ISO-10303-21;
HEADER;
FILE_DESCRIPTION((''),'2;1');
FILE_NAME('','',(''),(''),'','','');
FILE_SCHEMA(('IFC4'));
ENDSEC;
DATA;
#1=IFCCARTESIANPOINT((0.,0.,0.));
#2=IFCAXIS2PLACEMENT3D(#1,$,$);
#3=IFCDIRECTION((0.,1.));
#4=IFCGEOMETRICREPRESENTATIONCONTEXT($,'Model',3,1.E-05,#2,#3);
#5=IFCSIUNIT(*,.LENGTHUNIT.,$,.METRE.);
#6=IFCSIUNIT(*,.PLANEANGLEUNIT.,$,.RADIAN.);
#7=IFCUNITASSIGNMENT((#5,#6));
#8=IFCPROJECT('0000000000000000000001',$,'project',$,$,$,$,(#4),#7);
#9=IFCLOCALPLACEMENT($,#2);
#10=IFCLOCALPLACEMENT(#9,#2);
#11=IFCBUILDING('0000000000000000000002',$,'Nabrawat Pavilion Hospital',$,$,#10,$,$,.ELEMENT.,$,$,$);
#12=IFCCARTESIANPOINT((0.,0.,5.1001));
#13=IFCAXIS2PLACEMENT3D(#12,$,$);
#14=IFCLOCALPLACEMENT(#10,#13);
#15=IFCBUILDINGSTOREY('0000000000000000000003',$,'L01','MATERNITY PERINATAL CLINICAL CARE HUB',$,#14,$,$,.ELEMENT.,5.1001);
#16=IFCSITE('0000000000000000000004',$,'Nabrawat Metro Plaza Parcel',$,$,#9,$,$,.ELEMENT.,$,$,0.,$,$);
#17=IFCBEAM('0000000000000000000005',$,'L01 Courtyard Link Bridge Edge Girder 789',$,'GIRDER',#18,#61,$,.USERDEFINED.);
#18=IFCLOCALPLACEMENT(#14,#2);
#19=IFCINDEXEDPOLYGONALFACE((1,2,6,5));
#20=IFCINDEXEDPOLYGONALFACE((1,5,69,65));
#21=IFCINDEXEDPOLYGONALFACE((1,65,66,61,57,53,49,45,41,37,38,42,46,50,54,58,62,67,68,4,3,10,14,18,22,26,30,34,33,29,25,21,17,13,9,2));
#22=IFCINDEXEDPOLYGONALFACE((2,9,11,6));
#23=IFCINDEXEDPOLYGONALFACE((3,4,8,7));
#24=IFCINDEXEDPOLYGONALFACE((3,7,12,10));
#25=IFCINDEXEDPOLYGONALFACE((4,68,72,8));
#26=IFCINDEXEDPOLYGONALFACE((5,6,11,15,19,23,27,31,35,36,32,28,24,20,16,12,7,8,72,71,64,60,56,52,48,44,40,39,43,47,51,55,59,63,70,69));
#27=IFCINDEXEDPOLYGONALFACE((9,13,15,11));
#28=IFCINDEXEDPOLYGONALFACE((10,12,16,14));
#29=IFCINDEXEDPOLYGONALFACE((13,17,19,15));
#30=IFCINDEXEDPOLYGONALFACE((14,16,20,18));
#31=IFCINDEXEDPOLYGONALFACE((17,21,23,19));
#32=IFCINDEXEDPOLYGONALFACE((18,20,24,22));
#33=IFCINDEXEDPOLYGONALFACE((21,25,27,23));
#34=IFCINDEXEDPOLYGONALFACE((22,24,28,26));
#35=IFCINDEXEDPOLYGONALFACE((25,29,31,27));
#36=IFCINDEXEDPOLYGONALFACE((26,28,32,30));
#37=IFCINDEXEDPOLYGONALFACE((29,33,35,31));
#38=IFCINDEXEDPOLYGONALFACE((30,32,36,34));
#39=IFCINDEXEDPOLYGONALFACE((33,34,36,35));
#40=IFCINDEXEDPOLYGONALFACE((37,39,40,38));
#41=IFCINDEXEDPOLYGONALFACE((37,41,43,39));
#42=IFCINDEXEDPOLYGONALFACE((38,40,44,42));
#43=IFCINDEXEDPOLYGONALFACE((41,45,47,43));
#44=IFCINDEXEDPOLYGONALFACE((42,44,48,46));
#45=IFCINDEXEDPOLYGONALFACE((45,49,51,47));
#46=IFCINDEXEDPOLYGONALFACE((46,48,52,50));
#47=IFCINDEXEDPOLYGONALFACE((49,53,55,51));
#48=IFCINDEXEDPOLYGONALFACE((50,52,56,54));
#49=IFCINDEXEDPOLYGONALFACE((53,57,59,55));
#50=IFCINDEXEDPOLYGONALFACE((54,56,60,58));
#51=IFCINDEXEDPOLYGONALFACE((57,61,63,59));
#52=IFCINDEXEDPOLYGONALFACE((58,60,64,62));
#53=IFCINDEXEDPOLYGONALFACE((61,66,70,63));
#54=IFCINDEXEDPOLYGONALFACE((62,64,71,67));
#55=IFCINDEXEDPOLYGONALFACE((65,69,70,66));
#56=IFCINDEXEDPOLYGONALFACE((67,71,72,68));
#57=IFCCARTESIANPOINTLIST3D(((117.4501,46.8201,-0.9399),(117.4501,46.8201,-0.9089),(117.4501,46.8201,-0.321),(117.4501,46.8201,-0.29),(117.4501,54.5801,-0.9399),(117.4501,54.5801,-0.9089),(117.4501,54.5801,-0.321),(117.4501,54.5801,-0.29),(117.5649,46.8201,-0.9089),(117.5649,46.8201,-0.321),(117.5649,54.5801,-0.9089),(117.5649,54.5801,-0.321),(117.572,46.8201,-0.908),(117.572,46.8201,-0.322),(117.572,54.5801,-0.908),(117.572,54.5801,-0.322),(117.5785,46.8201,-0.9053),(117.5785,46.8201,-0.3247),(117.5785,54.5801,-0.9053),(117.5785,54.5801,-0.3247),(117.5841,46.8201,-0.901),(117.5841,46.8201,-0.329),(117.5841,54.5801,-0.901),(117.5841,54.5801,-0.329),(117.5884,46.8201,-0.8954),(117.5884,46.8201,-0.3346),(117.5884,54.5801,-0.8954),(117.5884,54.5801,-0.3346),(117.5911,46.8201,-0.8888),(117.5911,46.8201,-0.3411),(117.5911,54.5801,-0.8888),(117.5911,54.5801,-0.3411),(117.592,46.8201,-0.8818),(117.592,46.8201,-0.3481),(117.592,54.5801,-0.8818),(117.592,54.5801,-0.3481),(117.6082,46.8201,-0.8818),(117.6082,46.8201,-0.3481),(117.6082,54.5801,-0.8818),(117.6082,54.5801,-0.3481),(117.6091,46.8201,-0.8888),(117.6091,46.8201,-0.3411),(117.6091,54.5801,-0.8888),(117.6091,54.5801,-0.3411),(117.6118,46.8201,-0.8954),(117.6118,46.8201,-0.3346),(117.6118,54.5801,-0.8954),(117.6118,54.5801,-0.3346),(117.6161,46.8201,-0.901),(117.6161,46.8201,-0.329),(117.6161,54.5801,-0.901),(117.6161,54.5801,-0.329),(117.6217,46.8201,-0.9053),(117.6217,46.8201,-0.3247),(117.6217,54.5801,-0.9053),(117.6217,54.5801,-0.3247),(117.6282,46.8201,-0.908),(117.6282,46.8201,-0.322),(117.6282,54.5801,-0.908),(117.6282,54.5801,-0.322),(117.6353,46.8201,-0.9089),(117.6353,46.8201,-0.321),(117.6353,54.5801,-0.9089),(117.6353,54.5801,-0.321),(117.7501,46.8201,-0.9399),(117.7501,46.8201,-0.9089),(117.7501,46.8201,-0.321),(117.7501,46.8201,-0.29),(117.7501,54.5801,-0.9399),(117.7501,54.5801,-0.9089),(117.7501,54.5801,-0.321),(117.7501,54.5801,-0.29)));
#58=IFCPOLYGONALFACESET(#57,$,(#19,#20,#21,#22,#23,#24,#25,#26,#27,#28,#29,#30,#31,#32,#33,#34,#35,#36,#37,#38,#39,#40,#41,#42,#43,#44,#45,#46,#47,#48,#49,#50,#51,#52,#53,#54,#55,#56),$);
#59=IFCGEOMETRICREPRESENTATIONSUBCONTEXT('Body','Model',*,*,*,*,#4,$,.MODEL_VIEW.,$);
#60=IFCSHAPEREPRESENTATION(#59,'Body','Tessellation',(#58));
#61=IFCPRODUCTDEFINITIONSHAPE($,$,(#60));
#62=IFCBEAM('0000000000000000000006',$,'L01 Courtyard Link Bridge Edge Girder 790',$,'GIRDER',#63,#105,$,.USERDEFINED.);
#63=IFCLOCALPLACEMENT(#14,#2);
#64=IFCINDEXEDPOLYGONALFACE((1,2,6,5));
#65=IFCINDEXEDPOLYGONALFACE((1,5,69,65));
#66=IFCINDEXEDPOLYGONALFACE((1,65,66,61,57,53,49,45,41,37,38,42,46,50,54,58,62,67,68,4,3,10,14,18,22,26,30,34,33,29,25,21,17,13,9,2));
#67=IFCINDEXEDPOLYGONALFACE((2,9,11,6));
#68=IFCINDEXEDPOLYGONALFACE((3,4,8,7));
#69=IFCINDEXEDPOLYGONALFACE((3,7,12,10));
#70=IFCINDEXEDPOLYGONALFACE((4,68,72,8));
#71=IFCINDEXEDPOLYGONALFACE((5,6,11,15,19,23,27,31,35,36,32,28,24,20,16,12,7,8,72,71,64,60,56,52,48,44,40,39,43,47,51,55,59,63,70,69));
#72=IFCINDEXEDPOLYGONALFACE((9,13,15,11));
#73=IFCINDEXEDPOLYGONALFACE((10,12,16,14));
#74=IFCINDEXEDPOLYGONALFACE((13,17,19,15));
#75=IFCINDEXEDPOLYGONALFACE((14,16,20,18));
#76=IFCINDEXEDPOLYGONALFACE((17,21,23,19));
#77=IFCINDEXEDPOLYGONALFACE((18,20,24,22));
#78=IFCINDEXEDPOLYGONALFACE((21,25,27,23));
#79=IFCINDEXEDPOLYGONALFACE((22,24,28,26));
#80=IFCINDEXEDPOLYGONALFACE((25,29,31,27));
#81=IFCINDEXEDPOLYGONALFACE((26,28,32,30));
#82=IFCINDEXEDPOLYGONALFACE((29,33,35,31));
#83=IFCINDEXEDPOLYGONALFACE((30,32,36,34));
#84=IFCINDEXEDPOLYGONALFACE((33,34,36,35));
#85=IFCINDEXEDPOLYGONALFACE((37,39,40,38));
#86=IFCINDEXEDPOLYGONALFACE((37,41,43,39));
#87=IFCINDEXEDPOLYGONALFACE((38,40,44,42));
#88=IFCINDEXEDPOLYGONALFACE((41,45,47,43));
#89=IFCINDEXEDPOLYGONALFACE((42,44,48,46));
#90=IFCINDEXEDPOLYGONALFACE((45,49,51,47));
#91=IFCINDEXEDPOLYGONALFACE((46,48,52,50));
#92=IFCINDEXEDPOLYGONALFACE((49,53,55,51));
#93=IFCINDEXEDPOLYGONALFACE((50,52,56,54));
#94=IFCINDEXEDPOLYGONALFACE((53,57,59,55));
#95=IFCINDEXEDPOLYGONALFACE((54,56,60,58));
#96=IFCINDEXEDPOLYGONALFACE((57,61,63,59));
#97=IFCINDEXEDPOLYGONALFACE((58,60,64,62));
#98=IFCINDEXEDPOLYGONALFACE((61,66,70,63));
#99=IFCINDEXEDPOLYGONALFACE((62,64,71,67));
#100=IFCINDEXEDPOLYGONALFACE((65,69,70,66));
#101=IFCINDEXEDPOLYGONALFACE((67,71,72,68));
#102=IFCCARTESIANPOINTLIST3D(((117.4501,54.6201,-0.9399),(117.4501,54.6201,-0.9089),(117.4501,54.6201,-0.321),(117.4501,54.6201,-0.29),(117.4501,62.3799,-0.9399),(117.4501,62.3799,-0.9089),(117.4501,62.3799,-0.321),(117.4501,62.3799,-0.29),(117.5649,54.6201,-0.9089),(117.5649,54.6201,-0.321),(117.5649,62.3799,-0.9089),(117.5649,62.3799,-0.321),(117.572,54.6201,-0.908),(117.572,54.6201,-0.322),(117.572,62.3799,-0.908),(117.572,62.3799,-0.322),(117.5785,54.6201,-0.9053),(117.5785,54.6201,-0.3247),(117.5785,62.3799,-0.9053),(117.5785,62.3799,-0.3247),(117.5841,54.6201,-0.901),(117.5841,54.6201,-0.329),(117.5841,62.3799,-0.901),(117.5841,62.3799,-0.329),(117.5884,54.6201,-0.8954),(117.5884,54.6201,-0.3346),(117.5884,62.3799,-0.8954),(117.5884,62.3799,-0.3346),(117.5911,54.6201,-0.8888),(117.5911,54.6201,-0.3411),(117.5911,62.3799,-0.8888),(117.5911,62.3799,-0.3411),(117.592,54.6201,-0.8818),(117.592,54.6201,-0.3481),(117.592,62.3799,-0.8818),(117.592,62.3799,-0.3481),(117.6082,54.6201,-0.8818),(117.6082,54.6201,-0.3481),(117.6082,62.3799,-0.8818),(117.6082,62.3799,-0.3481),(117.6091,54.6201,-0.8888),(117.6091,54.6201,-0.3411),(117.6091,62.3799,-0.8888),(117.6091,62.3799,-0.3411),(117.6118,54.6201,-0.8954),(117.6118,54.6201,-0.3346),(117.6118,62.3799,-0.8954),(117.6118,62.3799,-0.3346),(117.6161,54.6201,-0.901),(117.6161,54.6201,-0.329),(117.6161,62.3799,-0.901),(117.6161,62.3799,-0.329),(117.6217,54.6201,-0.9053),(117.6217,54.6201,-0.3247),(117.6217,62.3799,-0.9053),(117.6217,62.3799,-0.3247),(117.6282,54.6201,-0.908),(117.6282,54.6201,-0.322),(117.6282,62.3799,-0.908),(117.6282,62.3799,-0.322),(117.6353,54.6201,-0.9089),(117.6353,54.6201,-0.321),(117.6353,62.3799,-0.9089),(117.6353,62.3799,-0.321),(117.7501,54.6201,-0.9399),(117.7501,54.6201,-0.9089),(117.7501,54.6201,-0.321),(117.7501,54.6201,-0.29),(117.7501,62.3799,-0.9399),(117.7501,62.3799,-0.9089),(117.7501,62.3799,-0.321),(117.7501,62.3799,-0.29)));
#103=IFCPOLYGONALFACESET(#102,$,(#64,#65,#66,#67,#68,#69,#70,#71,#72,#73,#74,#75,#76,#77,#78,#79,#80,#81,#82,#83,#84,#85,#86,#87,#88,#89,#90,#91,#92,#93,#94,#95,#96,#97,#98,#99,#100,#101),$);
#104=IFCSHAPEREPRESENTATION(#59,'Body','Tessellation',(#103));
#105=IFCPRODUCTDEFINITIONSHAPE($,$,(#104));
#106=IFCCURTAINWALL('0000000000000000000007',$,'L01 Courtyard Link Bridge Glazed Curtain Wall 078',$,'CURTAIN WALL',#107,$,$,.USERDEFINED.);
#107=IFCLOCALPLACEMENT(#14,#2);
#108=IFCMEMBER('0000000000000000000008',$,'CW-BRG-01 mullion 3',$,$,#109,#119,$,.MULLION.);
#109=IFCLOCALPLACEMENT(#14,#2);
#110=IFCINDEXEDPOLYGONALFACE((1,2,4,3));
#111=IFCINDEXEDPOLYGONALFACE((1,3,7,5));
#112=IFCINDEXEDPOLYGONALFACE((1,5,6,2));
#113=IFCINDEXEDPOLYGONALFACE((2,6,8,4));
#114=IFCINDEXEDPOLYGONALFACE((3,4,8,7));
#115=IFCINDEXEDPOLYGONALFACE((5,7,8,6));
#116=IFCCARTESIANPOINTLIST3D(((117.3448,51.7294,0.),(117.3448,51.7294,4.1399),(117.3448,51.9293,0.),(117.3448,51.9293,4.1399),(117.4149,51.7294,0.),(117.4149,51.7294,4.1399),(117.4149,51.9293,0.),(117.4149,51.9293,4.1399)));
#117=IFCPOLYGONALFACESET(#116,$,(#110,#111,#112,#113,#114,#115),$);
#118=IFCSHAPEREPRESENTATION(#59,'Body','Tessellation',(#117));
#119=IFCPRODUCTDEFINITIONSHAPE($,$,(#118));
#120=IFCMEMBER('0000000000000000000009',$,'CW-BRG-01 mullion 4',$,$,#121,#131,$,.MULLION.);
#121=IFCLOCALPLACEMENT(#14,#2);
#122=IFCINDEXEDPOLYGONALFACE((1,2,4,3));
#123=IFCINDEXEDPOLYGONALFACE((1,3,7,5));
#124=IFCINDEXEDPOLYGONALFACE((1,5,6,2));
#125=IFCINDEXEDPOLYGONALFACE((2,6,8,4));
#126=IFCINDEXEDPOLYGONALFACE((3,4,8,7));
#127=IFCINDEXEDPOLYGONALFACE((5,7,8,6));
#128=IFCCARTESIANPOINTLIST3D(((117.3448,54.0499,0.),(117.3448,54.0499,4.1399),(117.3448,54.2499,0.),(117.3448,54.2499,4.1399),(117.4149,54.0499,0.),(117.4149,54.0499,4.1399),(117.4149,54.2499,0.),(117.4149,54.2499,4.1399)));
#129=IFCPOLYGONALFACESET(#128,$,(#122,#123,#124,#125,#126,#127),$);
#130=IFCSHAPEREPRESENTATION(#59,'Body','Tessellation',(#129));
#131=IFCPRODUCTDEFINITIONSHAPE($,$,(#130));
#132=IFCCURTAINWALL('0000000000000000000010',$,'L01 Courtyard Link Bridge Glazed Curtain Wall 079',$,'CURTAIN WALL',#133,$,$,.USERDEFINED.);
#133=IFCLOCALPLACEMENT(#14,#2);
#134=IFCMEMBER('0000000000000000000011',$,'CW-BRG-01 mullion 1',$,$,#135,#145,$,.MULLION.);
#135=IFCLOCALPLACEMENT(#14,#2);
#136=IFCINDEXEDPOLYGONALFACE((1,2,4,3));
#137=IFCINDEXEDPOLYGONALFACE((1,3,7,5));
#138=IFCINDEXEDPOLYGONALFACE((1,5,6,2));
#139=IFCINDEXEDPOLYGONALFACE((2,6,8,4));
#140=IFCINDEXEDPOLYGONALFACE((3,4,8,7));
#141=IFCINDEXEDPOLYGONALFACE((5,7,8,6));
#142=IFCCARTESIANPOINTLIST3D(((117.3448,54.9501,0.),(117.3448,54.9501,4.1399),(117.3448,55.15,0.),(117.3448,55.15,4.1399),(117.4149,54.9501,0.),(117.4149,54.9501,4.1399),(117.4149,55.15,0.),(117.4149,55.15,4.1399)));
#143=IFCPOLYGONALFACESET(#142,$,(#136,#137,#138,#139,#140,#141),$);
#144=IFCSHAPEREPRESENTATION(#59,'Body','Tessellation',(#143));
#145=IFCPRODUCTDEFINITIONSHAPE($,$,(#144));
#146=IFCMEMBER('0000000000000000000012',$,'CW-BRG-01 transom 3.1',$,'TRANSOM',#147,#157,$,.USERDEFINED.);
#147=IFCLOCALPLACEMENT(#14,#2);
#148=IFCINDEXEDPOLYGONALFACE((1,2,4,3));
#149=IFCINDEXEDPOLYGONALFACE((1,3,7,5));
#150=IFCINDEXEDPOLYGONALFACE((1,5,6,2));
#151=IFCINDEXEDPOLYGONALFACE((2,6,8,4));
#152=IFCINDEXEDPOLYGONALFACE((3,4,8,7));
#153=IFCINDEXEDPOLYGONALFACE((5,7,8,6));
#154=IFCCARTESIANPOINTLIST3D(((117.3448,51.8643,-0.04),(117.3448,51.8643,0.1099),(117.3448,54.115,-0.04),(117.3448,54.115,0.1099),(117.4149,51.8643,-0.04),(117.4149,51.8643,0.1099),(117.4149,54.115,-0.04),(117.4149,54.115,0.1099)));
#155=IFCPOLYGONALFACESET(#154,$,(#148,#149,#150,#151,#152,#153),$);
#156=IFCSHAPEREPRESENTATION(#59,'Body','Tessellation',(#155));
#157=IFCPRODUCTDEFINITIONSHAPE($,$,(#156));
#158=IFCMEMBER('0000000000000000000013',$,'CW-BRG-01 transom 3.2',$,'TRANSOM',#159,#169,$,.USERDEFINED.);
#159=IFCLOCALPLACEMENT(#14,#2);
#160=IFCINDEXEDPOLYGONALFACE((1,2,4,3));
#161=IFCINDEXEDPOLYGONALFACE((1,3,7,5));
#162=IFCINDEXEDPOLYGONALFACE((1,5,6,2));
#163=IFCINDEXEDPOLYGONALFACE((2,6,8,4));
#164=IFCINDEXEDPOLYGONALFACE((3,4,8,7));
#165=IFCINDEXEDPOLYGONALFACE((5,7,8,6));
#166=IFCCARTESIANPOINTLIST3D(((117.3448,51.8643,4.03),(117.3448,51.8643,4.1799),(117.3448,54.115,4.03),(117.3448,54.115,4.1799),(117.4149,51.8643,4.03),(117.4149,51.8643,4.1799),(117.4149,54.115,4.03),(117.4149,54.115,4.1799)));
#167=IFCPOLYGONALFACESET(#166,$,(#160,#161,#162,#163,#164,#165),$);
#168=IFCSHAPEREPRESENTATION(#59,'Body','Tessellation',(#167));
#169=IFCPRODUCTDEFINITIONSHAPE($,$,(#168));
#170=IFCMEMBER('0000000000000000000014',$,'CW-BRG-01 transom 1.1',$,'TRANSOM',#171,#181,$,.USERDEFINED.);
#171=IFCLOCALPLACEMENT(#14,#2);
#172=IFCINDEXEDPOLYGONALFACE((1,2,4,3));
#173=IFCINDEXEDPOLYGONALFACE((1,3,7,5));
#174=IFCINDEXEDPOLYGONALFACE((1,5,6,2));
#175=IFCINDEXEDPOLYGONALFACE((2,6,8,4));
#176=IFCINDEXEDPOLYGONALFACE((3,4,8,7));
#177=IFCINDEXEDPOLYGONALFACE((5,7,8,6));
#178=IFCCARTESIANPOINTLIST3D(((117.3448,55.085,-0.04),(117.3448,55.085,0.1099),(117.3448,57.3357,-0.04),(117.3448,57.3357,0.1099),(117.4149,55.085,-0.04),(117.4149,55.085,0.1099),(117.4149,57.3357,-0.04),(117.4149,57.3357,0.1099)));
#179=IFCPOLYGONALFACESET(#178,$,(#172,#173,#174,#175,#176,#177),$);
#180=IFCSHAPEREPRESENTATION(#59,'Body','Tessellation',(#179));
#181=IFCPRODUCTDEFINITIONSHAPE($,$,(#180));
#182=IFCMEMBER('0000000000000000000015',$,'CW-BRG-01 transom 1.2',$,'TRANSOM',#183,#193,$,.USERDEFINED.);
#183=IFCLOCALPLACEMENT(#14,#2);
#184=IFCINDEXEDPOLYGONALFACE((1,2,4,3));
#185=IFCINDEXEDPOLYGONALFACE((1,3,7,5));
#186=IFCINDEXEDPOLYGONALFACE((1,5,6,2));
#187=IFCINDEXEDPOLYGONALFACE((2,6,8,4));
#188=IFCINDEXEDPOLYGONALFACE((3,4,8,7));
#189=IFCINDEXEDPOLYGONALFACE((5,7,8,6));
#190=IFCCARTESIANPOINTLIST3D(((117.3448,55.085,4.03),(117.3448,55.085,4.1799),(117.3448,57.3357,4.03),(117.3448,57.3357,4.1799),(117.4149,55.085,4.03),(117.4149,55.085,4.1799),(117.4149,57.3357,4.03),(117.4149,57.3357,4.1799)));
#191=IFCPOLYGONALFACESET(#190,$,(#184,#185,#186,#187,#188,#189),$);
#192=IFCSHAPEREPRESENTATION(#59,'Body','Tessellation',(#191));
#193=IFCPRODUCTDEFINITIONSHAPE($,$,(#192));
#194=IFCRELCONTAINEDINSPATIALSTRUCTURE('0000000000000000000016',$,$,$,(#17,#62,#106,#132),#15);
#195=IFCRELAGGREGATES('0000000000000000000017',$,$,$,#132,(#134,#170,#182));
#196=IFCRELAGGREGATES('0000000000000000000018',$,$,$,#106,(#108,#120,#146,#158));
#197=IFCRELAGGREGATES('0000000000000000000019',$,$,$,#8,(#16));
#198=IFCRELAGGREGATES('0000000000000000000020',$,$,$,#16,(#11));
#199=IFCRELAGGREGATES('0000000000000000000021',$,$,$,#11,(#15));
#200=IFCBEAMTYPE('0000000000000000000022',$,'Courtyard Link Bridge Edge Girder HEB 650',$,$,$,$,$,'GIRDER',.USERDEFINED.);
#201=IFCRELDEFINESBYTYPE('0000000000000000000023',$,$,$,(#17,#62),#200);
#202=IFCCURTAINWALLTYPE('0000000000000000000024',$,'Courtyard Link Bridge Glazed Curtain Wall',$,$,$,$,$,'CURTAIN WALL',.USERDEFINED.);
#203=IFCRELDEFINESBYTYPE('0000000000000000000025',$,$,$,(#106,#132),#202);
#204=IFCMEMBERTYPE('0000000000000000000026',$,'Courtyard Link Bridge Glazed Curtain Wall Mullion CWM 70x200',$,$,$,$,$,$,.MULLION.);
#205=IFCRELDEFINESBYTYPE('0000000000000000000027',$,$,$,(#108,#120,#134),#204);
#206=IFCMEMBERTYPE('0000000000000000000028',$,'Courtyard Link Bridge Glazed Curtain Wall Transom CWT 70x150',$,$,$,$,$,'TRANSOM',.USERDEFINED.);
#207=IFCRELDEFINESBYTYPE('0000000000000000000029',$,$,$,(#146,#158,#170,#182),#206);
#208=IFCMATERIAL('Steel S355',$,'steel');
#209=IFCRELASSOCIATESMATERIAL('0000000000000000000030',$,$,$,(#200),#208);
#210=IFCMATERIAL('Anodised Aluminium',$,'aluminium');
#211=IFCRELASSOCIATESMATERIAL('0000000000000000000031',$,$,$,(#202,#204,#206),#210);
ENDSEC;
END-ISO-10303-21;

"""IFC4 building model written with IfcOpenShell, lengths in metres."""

from ifc_helpers import new_model, si_unit, direction, frame, origin, origin_2d, place, context, subcontext, project, spatial, rectangle, i_section, extrude, material, material_profile, profile_set, type_object, element, aggregate, save


model = new_model("IFC4")

# Units and contexts
model_context = context("Model", 3, precision=1e-05, world=origin(), true_north=direction((0.0, 1.0)))
body_context = subcontext(model_context, "Body", "Model", "MODEL_VIEW")
ifc_project = project(units=[si_unit("LENGTHUNIT", "METRE"), si_unit("PLANEANGLEUNIT", "RADIAN")], contexts=[model_context])

# Site, building, storey
site_placement = place(None, origin())
site = spatial("IfcSite", under=ifc_project, at=site_placement, Name="Nabrawat Metro Plaza Parcel", CompositionType="ELEMENT", RefElevation=0.0)
building_placement = place(site_placement, origin())
building = spatial("IfcBuilding", under=site, at=building_placement, Name="Nabrawat Pavilion Hospital", CompositionType="ELEMENT")
storey_placement = place(building_placement, frame((0.0, 0.0, 5.1001)))
storey = spatial("IfcBuildingStorey", under=building, at=storey_placement, Name="L01", Description="MATERNITY PERINATAL CLINICAL CARE HUB", CompositionType="ELEMENT", Elevation=5.1001)

# Shared definitions
ifc_material_1 = material(Name="Steel S355", Category="steel")

# Beams
ifc_material_profile_1 = material_profile(ifc_material_1, i_section(OverallWidth=0.3, OverallDepth=0.6499, WebThickness=0.0161, FlangeThickness=0.031, FilletRadius=0.0271, at=origin_2d()), Name="HEB 650")
ifc_profile_set_1 = profile_set([ifc_material_profile_1], Name="Steel S355")
beam_type_1 = type_object("IfcBeamType", Name="Courtyard Link Bridge Edge Girder HEB 650", ElementType="GIRDER", PredefinedType="USERDEFINED", material=ifc_profile_set_1)
beam_1_placement = place(storey_placement, frame((117.6001, 46.8201, -0.615), z_axis=(0.0, 1.0, 0.0), x_axis=(-1.0, 0.0, 0.0)))
element("IfcBeam", 1, at=beam_1_placement, inside=storey, type_object=beam_type_1, Name="L01 Courtyard Link Bridge Edge Girder 789", ObjectType="GIRDER", PredefinedType="USERDEFINED", context=body_context, shape_type="SweptSolid", body=[
    extrude(i_section(OverallWidth=0.3, OverallDepth=0.6499, WebThickness=0.0161, FlangeThickness=0.031, FilletRadius=0.0271, at=origin_2d()), origin(), (0.0, 0.0, 1.0), 7.76),
])
beam_2_placement = place(storey_placement, frame((117.6001, 54.6201, -0.615), z_axis=(0.0, 1.0, 0.0), x_axis=(-1.0, 0.0, 0.0)))
element("IfcBeam", 2, at=beam_2_placement, inside=storey, type_object=beam_type_1, Name="L01 Courtyard Link Bridge Edge Girder 790", ObjectType="GIRDER", PredefinedType="USERDEFINED", context=body_context, shape_type="SweptSolid", body=[
    extrude(i_section(OverallWidth=0.3, OverallDepth=0.6499, WebThickness=0.0161, FlangeThickness=0.031, FilletRadius=0.0271, at=origin_2d()), origin(), (0.0, 0.0, 1.0), 7.7598),
])

# Curtain wall, members
ifc_material_2 = material(Name="Anodised Aluminium", Category="aluminium")
curtain_wall_type_1 = type_object("IfcCurtainWallType", Name="Courtyard Link Bridge Glazed Curtain Wall", ElementType="CURTAIN WALL", PredefinedType="USERDEFINED", material=ifc_material_2)
curtain_wall_1_placement = place(storey_placement, origin())
curtain_wall_1 = element("IfcCurtainWall", 3, at=curtain_wall_1_placement, inside=storey, type_object=curtain_wall_type_1, Name="L01 Courtyard Link Bridge Glazed Curtain Wall 078", ObjectType="CURTAIN WALL", PredefinedType="USERDEFINED")
ifc_material_profile_2 = material_profile(ifc_material_2, rectangle(XDim=0.0701, YDim=0.2, at=origin_2d()), Name="CWM 70x200")
ifc_profile_set_2 = profile_set([ifc_material_profile_2], Name="Anodised Aluminium")
member_type_1 = type_object("IfcMemberType", Name="Courtyard Link Bridge Glazed Curtain Wall Mullion CWM 70x200", PredefinedType="MULLION", material=ifc_profile_set_2)
member_1_placement = place(storey_placement, frame((117.3799, 51.8293, 0.0), z_axis=(0.0, 0.0, 1.0), x_axis=(-1.0, 0.0, 0.0)))
member_1 = element("IfcMember", 4, at=member_1_placement, type_object=member_type_1, Name="CW-BRG-01 mullion 3", PredefinedType="MULLION", context=body_context, shape_type="SweptSolid", body=[
    extrude(rectangle(XDim=0.0701, YDim=0.2, at=origin_2d()), origin(), (0.0, 0.0, 1.0), 4.1399),
])
member_2_placement = place(storey_placement, frame((117.3799, 54.1499, 0.0), z_axis=(0.0, 0.0, 1.0), x_axis=(-1.0, 0.0, 0.0)))
member_2 = element("IfcMember", 5, at=member_2_placement, type_object=member_type_1, Name="CW-BRG-01 mullion 4", PredefinedType="MULLION", context=body_context, shape_type="SweptSolid", body=[
    extrude(rectangle(XDim=0.0701, YDim=0.2, at=origin_2d()), origin(), (0.0, 0.0, 1.0), 4.1399),
])

# Curtain wall, member
curtain_wall_2_placement = place(storey_placement, origin())
curtain_wall_2 = element("IfcCurtainWall", 6, at=curtain_wall_2_placement, inside=storey, type_object=curtain_wall_type_1, Name="L01 Courtyard Link Bridge Glazed Curtain Wall 079", ObjectType="CURTAIN WALL", PredefinedType="USERDEFINED")
member_3_placement = place(storey_placement, frame((117.3799, 55.05, 0.0), z_axis=(0.0, 0.0, 1.0), x_axis=(-1.0, 0.0, 0.0)))
member_3 = element("IfcMember", 7, at=member_3_placement, type_object=member_type_1, Name="CW-BRG-01 mullion 1", PredefinedType="MULLION", context=body_context, shape_type="SweptSolid", body=[
    extrude(rectangle(XDim=0.0701, YDim=0.2, at=origin_2d()), origin(), (0.0, 0.0, 1.0), 4.1399),
])

# Members
ifc_material_profile_3 = material_profile(ifc_material_2, rectangle(XDim=0.0701, YDim=0.1499, at=origin_2d()), Name="CWT 70x150")
ifc_profile_set_3 = profile_set([ifc_material_profile_3], Name="Anodised Aluminium")
member_type_2 = type_object("IfcMemberType", Name="Courtyard Link Bridge Glazed Curtain Wall Transom CWT 70x150", ElementType="TRANSOM", PredefinedType="USERDEFINED", material=ifc_profile_set_3)
member_4_placement = place(storey_placement, frame((117.3799, 51.8643, 0.0349), z_axis=(0.0, 1.0, 0.0), x_axis=(-1.0, 0.0, 0.0)))
member_4 = element("IfcMember", 8, at=member_4_placement, type_object=member_type_2, Name="CW-BRG-01 transom 3.1", ObjectType="TRANSOM", PredefinedType="USERDEFINED", context=body_context, shape_type="SweptSolid", body=[
    extrude(rectangle(XDim=0.0701, YDim=0.1499, at=origin_2d()), origin(), (0.0, 0.0, 1.0), 2.2507),
])
member_5_placement = place(storey_placement, frame((117.3799, 51.8643, 4.105), z_axis=(0.0, 1.0, 0.0), x_axis=(-1.0, 0.0, 0.0)))
member_5 = element("IfcMember", 9, at=member_5_placement, type_object=member_type_2, Name="CW-BRG-01 transom 3.2", ObjectType="TRANSOM", PredefinedType="USERDEFINED", context=body_context, shape_type="SweptSolid", body=[
    extrude(rectangle(XDim=0.0701, YDim=0.1499, at=origin_2d()), origin(), (0.0, 0.0, 1.0), 2.2507),
])
member_6_placement = place(storey_placement, frame((117.3799, 55.085, 0.0349), z_axis=(0.0, 1.0, 0.0), x_axis=(-1.0, 0.0, 0.0)))
member_6 = element("IfcMember", 10, at=member_6_placement, type_object=member_type_2, Name="CW-BRG-01 transom 1.1", ObjectType="TRANSOM", PredefinedType="USERDEFINED", context=body_context, shape_type="SweptSolid", body=[
    extrude(rectangle(XDim=0.0701, YDim=0.1499, at=origin_2d()), origin(), (0.0, 0.0, 1.0), 2.2507),
])
member_7_placement = place(storey_placement, frame((117.3799, 55.085, 4.105), z_axis=(0.0, 1.0, 0.0), x_axis=(-1.0, 0.0, 0.0)))
member_7 = element("IfcMember", 11, at=member_7_placement, type_object=member_type_2, Name="CW-BRG-01 transom 1.2", ObjectType="TRANSOM", PredefinedType="USERDEFINED", context=body_context, shape_type="SweptSolid", body=[
    extrude(rectangle(XDim=0.0701, YDim=0.1499, at=origin_2d()), origin(), (0.0, 0.0, 1.0), 2.2507),
])
aggregate(curtain_wall_2, [member_3, member_6, member_7])

aggregate(curtain_wall_1, [member_1, member_2, member_4, member_5])

save(model, "model.ifc")
